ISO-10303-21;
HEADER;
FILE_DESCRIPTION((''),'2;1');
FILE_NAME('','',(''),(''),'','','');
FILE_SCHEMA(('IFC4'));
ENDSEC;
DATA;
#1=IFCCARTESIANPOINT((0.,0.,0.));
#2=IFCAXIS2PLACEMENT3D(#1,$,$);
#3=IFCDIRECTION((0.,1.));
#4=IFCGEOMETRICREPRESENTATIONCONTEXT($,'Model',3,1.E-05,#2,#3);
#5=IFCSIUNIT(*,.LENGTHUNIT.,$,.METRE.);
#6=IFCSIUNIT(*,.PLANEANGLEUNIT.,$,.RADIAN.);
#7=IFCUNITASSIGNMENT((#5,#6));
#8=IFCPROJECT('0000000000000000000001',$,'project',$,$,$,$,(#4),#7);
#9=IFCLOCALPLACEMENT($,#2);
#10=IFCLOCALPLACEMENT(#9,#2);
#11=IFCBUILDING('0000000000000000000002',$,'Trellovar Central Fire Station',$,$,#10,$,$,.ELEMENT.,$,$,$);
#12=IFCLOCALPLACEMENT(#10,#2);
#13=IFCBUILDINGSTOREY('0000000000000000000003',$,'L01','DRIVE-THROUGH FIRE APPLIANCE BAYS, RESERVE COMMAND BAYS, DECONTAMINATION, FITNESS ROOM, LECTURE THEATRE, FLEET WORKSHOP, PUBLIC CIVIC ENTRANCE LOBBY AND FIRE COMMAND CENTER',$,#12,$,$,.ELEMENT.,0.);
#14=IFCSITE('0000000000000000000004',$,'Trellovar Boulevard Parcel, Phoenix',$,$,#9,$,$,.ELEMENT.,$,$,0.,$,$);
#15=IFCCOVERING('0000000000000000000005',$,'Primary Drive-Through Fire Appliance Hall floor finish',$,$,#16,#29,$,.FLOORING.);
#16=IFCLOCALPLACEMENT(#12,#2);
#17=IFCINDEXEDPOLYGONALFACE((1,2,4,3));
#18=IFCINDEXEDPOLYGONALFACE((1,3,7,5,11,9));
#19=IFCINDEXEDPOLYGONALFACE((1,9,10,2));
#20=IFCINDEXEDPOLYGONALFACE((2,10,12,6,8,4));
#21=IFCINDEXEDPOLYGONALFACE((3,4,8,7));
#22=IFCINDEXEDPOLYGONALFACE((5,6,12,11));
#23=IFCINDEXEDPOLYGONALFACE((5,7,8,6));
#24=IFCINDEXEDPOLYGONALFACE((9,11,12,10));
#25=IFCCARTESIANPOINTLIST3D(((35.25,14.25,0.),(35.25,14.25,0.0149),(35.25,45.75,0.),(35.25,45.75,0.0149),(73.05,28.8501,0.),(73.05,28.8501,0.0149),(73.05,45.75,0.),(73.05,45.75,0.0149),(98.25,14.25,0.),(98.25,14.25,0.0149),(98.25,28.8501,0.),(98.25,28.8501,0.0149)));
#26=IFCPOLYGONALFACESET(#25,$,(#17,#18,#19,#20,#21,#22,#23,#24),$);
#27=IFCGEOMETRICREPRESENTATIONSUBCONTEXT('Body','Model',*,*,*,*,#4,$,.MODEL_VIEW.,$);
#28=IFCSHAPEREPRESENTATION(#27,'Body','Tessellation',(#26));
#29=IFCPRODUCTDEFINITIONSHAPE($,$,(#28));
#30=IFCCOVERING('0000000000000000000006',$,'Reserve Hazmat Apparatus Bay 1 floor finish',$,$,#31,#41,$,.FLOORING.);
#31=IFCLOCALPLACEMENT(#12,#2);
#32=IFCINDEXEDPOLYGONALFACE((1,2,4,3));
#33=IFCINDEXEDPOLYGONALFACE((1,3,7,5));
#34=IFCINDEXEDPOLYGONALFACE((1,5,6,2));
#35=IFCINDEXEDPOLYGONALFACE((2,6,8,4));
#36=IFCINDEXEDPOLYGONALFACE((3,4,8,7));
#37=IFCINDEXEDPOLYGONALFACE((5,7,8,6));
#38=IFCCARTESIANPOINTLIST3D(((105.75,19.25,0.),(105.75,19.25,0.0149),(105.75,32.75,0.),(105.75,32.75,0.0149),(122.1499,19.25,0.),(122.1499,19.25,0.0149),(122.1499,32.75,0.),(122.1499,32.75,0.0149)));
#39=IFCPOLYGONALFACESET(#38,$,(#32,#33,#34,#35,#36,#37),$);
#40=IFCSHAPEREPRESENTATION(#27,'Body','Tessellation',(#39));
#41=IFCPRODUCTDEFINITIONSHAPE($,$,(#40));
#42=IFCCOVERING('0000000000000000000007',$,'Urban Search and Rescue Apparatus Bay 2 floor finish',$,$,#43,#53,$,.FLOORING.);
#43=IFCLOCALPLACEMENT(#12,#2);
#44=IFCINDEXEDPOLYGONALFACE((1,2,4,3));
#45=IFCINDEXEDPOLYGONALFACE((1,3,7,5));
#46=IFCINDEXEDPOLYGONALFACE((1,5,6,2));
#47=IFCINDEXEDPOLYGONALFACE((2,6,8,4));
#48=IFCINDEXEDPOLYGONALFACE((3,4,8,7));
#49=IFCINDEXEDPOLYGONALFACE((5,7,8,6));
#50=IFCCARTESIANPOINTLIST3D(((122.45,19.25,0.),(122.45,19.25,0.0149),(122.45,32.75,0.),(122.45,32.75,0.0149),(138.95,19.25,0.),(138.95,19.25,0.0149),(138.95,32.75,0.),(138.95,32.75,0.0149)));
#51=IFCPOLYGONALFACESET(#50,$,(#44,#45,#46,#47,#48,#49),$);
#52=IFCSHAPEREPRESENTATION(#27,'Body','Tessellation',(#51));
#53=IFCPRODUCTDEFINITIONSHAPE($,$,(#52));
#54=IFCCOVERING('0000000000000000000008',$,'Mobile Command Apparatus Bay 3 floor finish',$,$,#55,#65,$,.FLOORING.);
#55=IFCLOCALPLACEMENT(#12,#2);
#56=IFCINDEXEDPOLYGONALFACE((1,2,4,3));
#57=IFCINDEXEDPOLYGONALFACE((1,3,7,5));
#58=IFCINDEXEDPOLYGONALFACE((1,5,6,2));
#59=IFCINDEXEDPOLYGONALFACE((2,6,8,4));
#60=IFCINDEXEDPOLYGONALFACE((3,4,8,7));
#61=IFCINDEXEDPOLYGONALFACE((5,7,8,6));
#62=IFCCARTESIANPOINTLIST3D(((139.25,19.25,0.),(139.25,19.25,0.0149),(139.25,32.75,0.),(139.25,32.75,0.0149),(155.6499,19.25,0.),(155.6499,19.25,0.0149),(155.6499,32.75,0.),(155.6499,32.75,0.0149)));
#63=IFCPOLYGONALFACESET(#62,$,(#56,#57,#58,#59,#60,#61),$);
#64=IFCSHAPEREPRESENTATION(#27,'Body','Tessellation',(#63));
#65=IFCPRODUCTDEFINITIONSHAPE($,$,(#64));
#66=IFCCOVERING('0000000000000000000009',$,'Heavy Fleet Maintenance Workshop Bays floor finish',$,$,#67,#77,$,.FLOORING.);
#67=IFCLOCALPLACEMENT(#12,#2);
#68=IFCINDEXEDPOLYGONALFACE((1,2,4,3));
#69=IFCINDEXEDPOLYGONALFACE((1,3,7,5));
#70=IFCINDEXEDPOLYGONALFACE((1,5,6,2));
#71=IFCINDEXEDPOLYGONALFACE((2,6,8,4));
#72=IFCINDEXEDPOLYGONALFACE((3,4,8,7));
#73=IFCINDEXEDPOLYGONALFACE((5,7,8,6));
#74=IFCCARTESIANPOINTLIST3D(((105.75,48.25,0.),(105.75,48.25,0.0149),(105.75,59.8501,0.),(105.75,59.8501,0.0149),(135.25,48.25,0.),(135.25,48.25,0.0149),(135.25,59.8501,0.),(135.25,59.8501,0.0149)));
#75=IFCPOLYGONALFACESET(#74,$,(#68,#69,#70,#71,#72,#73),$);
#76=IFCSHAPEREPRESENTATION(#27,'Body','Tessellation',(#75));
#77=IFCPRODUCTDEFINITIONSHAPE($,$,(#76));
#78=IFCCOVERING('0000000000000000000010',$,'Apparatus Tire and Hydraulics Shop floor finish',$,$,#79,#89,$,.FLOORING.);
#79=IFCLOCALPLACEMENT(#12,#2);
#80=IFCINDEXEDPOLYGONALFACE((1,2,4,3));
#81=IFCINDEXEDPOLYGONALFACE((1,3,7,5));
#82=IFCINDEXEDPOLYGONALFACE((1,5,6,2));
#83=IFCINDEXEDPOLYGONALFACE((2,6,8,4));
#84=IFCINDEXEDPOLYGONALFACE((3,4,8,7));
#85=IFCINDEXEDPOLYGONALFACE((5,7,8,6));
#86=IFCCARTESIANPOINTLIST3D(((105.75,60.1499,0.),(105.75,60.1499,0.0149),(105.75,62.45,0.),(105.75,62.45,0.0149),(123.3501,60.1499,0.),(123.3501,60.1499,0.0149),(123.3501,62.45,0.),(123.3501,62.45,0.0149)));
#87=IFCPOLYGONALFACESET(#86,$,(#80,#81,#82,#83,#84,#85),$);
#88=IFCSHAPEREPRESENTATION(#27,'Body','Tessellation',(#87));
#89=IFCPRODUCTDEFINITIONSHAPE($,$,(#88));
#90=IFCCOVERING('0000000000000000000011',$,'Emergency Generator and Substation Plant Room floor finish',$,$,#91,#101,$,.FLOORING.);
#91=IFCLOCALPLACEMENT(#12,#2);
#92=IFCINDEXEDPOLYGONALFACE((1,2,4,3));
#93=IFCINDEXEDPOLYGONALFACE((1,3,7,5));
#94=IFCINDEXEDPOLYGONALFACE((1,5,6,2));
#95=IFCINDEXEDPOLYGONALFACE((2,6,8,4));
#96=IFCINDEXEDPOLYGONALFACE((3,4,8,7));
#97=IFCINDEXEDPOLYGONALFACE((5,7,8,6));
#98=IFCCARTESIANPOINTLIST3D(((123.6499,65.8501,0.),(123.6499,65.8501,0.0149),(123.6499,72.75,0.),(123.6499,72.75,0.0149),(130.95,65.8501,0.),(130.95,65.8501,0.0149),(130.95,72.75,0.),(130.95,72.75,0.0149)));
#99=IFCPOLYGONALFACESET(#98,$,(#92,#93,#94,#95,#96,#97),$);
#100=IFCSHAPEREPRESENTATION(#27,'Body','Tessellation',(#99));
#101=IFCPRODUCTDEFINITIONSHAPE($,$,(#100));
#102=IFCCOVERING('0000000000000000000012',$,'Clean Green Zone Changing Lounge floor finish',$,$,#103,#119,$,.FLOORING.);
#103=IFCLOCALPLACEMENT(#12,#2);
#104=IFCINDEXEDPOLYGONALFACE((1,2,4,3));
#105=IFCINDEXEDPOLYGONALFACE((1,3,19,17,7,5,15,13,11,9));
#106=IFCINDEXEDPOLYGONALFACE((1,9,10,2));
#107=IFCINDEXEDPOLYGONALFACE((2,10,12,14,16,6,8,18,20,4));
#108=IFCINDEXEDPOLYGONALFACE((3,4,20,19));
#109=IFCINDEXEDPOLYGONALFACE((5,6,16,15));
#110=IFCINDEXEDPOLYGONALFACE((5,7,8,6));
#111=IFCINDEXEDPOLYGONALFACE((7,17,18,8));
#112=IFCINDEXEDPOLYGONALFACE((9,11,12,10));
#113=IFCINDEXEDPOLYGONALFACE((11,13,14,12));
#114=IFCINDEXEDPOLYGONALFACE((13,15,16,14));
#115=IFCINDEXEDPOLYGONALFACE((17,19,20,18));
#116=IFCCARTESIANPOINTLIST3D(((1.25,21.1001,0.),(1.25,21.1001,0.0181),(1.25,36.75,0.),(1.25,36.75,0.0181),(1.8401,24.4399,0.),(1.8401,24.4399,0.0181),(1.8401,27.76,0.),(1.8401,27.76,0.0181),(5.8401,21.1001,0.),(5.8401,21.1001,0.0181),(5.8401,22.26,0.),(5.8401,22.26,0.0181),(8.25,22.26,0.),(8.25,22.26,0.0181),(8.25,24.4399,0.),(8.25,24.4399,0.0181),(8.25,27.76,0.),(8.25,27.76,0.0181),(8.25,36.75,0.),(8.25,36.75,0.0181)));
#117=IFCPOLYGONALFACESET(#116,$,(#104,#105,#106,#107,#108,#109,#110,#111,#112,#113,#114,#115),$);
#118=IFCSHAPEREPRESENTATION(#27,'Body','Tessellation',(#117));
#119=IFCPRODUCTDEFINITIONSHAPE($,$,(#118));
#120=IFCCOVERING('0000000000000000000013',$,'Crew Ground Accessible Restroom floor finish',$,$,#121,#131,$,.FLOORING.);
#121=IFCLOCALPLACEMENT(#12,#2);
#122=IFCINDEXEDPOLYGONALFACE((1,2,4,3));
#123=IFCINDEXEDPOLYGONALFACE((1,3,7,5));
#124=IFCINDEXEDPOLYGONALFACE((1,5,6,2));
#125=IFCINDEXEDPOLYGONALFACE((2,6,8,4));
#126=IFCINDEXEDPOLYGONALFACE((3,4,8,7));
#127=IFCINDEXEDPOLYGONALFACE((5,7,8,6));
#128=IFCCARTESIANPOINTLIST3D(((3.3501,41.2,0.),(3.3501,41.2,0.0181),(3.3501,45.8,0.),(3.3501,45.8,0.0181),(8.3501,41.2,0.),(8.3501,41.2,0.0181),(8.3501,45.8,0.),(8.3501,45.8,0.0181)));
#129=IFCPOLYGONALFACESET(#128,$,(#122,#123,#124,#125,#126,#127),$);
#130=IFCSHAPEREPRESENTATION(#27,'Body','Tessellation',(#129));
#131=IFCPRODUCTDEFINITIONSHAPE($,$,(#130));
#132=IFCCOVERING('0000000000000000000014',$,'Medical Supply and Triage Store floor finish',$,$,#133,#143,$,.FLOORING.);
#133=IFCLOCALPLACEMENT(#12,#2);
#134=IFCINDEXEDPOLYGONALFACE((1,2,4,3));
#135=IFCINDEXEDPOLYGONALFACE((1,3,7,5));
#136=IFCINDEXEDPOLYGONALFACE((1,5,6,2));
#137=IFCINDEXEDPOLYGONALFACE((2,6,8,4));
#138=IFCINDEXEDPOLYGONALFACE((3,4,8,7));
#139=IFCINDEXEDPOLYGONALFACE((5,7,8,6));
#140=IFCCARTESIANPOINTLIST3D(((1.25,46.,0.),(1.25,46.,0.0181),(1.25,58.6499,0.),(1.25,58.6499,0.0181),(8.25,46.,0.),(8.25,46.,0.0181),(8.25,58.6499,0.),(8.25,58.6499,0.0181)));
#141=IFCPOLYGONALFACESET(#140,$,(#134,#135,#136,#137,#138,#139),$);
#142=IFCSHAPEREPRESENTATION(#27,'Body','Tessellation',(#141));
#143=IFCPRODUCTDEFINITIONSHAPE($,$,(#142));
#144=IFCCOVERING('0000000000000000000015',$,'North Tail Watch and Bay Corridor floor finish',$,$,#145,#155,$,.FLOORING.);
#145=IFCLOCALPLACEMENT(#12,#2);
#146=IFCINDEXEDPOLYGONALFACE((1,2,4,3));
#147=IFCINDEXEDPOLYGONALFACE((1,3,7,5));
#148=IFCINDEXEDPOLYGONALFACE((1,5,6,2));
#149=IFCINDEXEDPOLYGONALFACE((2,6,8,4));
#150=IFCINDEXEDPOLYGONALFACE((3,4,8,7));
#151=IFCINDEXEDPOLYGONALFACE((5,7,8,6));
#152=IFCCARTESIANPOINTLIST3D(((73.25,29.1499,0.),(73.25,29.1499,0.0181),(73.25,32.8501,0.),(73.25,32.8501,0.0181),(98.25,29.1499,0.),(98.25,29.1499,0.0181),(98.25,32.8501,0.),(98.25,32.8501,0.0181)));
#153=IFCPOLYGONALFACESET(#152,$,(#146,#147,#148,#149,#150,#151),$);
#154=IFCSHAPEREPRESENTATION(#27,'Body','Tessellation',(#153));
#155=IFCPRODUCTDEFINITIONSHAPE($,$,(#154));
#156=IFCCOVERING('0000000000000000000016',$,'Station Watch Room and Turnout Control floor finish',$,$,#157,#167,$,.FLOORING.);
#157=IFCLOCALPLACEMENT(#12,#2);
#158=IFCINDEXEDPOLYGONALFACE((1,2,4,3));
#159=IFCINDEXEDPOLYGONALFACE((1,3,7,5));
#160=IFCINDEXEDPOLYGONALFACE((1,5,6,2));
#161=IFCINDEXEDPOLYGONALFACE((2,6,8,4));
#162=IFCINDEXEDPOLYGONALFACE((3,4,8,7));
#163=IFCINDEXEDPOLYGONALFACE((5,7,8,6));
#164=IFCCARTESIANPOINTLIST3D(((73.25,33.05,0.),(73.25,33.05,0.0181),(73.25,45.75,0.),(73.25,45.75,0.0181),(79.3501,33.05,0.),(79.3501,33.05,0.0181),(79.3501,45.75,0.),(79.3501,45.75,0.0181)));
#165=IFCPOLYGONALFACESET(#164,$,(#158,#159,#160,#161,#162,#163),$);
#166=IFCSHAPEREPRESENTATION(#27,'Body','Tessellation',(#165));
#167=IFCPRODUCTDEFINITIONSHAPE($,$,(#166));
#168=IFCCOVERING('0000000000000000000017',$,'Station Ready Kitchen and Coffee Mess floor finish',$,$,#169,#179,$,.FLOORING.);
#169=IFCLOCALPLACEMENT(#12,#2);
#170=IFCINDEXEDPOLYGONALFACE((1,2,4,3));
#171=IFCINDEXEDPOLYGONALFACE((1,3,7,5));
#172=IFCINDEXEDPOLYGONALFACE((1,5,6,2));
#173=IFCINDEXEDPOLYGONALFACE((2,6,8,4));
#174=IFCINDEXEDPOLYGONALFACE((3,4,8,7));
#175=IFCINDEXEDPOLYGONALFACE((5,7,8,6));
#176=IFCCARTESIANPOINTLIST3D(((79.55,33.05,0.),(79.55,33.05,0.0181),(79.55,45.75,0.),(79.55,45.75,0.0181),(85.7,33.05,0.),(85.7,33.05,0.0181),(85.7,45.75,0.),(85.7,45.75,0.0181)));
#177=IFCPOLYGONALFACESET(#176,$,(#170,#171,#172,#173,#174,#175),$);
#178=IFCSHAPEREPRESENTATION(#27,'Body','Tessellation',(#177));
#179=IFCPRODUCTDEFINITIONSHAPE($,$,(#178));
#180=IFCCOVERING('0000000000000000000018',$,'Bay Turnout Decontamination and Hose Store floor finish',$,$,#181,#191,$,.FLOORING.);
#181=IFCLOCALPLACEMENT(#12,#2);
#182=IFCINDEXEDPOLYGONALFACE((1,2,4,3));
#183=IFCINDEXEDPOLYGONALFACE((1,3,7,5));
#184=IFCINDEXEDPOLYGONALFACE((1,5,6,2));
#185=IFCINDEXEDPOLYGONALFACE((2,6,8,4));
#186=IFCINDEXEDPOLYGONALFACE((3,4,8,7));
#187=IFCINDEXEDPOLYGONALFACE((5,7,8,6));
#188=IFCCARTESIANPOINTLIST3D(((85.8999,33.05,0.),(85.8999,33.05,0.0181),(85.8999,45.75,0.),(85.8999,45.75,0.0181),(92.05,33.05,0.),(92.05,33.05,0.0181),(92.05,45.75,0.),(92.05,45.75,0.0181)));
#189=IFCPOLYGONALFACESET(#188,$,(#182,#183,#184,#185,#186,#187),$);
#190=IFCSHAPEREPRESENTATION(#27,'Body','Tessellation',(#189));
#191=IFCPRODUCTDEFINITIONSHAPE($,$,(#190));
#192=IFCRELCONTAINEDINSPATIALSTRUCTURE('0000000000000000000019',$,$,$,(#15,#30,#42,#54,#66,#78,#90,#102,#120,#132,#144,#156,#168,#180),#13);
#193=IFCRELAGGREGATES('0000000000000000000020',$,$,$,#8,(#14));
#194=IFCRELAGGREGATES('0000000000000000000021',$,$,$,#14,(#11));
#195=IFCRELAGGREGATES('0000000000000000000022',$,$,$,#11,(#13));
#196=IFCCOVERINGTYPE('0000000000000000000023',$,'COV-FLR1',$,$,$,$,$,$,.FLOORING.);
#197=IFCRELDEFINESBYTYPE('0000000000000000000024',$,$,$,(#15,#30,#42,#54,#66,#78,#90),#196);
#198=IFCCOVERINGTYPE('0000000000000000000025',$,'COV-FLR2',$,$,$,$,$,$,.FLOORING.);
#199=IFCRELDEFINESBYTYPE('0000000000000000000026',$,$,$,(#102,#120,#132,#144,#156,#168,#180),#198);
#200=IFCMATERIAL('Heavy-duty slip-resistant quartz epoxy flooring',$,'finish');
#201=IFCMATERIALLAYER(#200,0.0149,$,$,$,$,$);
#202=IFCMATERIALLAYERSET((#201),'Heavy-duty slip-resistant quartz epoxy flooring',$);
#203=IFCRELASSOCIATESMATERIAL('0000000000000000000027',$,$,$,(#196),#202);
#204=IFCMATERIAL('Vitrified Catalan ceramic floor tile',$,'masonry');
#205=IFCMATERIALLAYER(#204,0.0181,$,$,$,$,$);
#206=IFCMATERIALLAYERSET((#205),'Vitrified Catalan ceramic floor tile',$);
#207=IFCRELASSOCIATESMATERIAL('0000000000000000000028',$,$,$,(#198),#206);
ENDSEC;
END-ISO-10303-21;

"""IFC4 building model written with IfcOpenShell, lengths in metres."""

from ifc_helpers import new_model, si_unit, direction, origin, place, context, subcontext, project, spatial, polyline, outline, extrude, material, layer, layer_set, type_object, element, save


model = new_model("IFC4")

# Units and contexts
model_context = context("Model", 3, precision=1e-05, world=origin(), true_north=direction((0.0, 1.0)))
body_context = subcontext(model_context, "Body", "Model", "MODEL_VIEW")
ifc_project = project(units=[si_unit("LENGTHUNIT", "METRE"), si_unit("PLANEANGLEUNIT", "RADIAN")], contexts=[model_context])

# Site, building, storey
site_placement = place(None, origin())
site = spatial("IfcSite", under=ifc_project, at=site_placement, Name="Trellovar Boulevard Parcel, Phoenix", CompositionType="ELEMENT", RefElevation=0.0)
building_placement = place(site_placement, origin())
building = spatial("IfcBuilding", under=site, at=building_placement, Name="Trellovar Central Fire Station", CompositionType="ELEMENT")
storey_placement = place(building_placement, origin())
storey = spatial("IfcBuildingStorey", under=building, at=storey_placement, Name="L01", Description="DRIVE-THROUGH FIRE APPLIANCE BAYS, RESERVE COMMAND BAYS, DECONTAMINATION, FITNESS ROOM, LECTURE THEATRE, FLEET WORKSHOP, PUBLIC CIVIC ENTRANCE LOBBY AND FIRE COMMAND CENTER", CompositionType="ELEMENT", Elevation=0.0)

# Coverings
ifc_material_1 = material(Name="Heavy-duty slip-resistant quartz epoxy flooring", Category="finish")
ifc_layer_1 = layer(ifc_material_1, 0.0149)
ifc_layer_set_1 = layer_set([ifc_layer_1], Name="Heavy-duty slip-resistant quartz epoxy flooring")
covering_type_1 = type_object("IfcCoveringType", Name="COV-FLR1", PredefinedType="FLOORING", material=ifc_layer_set_1)
covering_1_placement = place(storey_placement, origin())
element("IfcCovering", 1, at=covering_1_placement, inside=storey, type_object=covering_type_1, Name="Primary Drive-Through Fire Appliance Hall floor finish", PredefinedType="FLOORING", context=body_context, shape_type="SweptSolid", body=[
    extrude(outline(polyline([(73.05, 28.8501), (98.25, 28.8501), (98.25, 14.25), (35.25, 14.25), (35.25, 45.75), (73.05, 45.75), (73.05, 28.8501)])), origin(), (0.0, 0.0, 1.0), 0.0149),
])
covering_2_placement = place(storey_placement, origin())
element("IfcCovering", 2, at=covering_2_placement, inside=storey, type_object=covering_type_1, Name="Reserve Hazmat Apparatus Bay 1 floor finish", PredefinedType="FLOORING", context=body_context, shape_type="SweptSolid", body=[
    extrude(outline(polyline([(122.1499, 19.25), (105.75, 19.25), (105.75, 32.75), (122.1499, 32.75), (122.1499, 19.25)])), origin(), (0.0, 0.0, 1.0), 0.0149),
])
covering_3_placement = place(storey_placement, origin())
element("IfcCovering", 3, at=covering_3_placement, inside=storey, type_object=covering_type_1, Name="Urban Search and Rescue Apparatus Bay 2 floor finish", PredefinedType="FLOORING", context=body_context, shape_type="SweptSolid", body=[
    extrude(outline(polyline([(138.95, 19.25), (122.45, 19.25), (122.45, 32.75), (138.95, 32.75), (138.95, 19.25)])), origin(), (0.0, 0.0, 1.0), 0.0149),
])
covering_4_placement = place(storey_placement, origin())
element("IfcCovering", 4, at=covering_4_placement, inside=storey, type_object=covering_type_1, Name="Mobile Command Apparatus Bay 3 floor finish", PredefinedType="FLOORING", context=body_context, shape_type="SweptSolid", body=[
    extrude(outline(polyline([(155.6499, 19.25), (139.25, 19.25), (139.25, 32.75), (155.6499, 32.75), (155.6499, 19.25)])), origin(), (0.0, 0.0, 1.0), 0.0149),
])
covering_5_placement = place(storey_placement, origin())
element("IfcCovering", 5, at=covering_5_placement, inside=storey, type_object=covering_type_1, Name="Heavy Fleet Maintenance Workshop Bays floor finish", PredefinedType="FLOORING", context=body_context, shape_type="SweptSolid", body=[
    extrude(outline(polyline([(135.25, 48.25), (105.75, 48.25), (105.75, 59.8501), (135.25, 59.8501), (135.25, 48.25)])), origin(), (0.0, 0.0, 1.0), 0.0149),
])
covering_6_placement = place(storey_placement, origin())
element("IfcCovering", 6, at=covering_6_placement, inside=storey, type_object=covering_type_1, Name="Apparatus Tire and Hydraulics Shop floor finish", PredefinedType="FLOORING", context=body_context, shape_type="SweptSolid", body=[
    extrude(outline(polyline([(123.3501, 60.1499), (105.75, 60.1499), (105.75, 62.45), (123.3501, 62.45), (123.3501, 60.1499)])), origin(), (0.0, 0.0, 1.0), 0.0149),
])
covering_7_placement = place(storey_placement, origin())
element("IfcCovering", 7, at=covering_7_placement, inside=storey, type_object=covering_type_1, Name="Emergency Generator and Substation Plant Room floor finish", PredefinedType="FLOORING", context=body_context, shape_type="SweptSolid", body=[
    extrude(outline(polyline([(130.95, 65.8501), (123.6499, 65.8501), (123.6499, 72.75), (130.95, 72.75), (130.95, 65.8501)])), origin(), (0.0, 0.0, 1.0), 0.0149),
])
ifc_material_2 = material(Name="Vitrified Catalan ceramic floor tile", Category="masonry")
ifc_layer_2 = layer(ifc_material_2, 0.0181)
ifc_layer_set_2 = layer_set([ifc_layer_2], Name="Vitrified Catalan ceramic floor tile")
covering_type_2 = type_object("IfcCoveringType", Name="COV-FLR2", PredefinedType="FLOORING", material=ifc_layer_set_2)
covering_8_placement = place(storey_placement, origin())
element("IfcCovering", 8, at=covering_8_placement, inside=storey, type_object=covering_type_2, Name="Clean Green Zone Changing Lounge floor finish", PredefinedType="FLOORING", context=body_context, shape_type="SweptSolid", body=[
    extrude(outline(polyline([(8.25, 27.76), (1.8401, 27.76), (1.8401, 24.4399), (8.25, 24.4399), (8.25, 22.26), (5.8401, 22.26), (5.8401, 21.1001), (1.25, 21.1001), (1.25, 36.75), (8.25, 36.75), (8.25, 27.76)])), origin(), (0.0, 0.0, 1.0), 0.0181),
])
covering_9_placement = place(storey_placement, origin())
element("IfcCovering", 9, at=covering_9_placement, inside=storey, type_object=covering_type_2, Name="Crew Ground Accessible Restroom floor finish", PredefinedType="FLOORING", context=body_context, shape_type="SweptSolid", body=[
    extrude(outline(polyline([(8.3501, 41.2), (3.3501, 41.2), (3.3501, 45.8), (8.3501, 45.8), (8.3501, 41.2)])), origin(), (0.0, 0.0, 1.0), 0.0181),
])
covering_10_placement = place(storey_placement, origin())
element("IfcCovering", 10, at=covering_10_placement, inside=storey, type_object=covering_type_2, Name="Medical Supply and Triage Store floor finish", PredefinedType="FLOORING", context=body_context, shape_type="SweptSolid", body=[
    extrude(outline(polyline([(8.25, 46.0), (1.25, 46.0), (1.25, 58.6499), (8.25, 58.6499), (8.25, 46.0)])), origin(), (0.0, 0.0, 1.0), 0.0181),
])
covering_11_placement = place(storey_placement, origin())
element("IfcCovering", 11, at=covering_11_placement, inside=storey, type_object=covering_type_2, Name="North Tail Watch and Bay Corridor floor finish", PredefinedType="FLOORING", context=body_context, shape_type="SweptSolid", body=[
    extrude(outline(polyline([(98.25, 29.1499), (73.25, 29.1499), (73.25, 32.8501), (98.25, 32.8501), (98.25, 29.1499)])), origin(), (0.0, 0.0, 1.0), 0.0181),
])
covering_12_placement = place(storey_placement, origin())
element("IfcCovering", 12, at=covering_12_placement, inside=storey, type_object=covering_type_2, Name="Station Watch Room and Turnout Control floor finish", PredefinedType="FLOORING", context=body_context, shape_type="SweptSolid", body=[
    extrude(outline(polyline([(79.3501, 33.05), (73.25, 33.05), (73.25, 45.75), (79.3501, 45.75), (79.3501, 33.05)])), origin(), (0.0, 0.0, 1.0), 0.0181),
])
covering_13_placement = place(storey_placement, origin())
element("IfcCovering", 13, at=covering_13_placement, inside=storey, type_object=covering_type_2, Name="Station Ready Kitchen and Coffee Mess floor finish", PredefinedType="FLOORING", context=body_context, shape_type="SweptSolid", body=[
    extrude(outline(polyline([(85.7, 33.05), (79.55, 33.05), (79.55, 45.75), (85.7, 45.75), (85.7, 33.05)])), origin(), (0.0, 0.0, 1.0), 0.0181),
])
covering_14_placement = place(storey_placement, origin())
element("IfcCovering", 14, at=covering_14_placement, inside=storey, type_object=covering_type_2, Name="Bay Turnout Decontamination and Hose Store floor finish", PredefinedType="FLOORING", context=body_context, shape_type="SweptSolid", body=[
    extrude(outline(polyline([(92.05, 33.05), (85.8999, 33.05), (85.8999, 45.75), (92.05, 45.75), (92.05, 33.05)])), origin(), (0.0, 0.0, 1.0), 0.0181),
])

save(model, "model.ifc")
